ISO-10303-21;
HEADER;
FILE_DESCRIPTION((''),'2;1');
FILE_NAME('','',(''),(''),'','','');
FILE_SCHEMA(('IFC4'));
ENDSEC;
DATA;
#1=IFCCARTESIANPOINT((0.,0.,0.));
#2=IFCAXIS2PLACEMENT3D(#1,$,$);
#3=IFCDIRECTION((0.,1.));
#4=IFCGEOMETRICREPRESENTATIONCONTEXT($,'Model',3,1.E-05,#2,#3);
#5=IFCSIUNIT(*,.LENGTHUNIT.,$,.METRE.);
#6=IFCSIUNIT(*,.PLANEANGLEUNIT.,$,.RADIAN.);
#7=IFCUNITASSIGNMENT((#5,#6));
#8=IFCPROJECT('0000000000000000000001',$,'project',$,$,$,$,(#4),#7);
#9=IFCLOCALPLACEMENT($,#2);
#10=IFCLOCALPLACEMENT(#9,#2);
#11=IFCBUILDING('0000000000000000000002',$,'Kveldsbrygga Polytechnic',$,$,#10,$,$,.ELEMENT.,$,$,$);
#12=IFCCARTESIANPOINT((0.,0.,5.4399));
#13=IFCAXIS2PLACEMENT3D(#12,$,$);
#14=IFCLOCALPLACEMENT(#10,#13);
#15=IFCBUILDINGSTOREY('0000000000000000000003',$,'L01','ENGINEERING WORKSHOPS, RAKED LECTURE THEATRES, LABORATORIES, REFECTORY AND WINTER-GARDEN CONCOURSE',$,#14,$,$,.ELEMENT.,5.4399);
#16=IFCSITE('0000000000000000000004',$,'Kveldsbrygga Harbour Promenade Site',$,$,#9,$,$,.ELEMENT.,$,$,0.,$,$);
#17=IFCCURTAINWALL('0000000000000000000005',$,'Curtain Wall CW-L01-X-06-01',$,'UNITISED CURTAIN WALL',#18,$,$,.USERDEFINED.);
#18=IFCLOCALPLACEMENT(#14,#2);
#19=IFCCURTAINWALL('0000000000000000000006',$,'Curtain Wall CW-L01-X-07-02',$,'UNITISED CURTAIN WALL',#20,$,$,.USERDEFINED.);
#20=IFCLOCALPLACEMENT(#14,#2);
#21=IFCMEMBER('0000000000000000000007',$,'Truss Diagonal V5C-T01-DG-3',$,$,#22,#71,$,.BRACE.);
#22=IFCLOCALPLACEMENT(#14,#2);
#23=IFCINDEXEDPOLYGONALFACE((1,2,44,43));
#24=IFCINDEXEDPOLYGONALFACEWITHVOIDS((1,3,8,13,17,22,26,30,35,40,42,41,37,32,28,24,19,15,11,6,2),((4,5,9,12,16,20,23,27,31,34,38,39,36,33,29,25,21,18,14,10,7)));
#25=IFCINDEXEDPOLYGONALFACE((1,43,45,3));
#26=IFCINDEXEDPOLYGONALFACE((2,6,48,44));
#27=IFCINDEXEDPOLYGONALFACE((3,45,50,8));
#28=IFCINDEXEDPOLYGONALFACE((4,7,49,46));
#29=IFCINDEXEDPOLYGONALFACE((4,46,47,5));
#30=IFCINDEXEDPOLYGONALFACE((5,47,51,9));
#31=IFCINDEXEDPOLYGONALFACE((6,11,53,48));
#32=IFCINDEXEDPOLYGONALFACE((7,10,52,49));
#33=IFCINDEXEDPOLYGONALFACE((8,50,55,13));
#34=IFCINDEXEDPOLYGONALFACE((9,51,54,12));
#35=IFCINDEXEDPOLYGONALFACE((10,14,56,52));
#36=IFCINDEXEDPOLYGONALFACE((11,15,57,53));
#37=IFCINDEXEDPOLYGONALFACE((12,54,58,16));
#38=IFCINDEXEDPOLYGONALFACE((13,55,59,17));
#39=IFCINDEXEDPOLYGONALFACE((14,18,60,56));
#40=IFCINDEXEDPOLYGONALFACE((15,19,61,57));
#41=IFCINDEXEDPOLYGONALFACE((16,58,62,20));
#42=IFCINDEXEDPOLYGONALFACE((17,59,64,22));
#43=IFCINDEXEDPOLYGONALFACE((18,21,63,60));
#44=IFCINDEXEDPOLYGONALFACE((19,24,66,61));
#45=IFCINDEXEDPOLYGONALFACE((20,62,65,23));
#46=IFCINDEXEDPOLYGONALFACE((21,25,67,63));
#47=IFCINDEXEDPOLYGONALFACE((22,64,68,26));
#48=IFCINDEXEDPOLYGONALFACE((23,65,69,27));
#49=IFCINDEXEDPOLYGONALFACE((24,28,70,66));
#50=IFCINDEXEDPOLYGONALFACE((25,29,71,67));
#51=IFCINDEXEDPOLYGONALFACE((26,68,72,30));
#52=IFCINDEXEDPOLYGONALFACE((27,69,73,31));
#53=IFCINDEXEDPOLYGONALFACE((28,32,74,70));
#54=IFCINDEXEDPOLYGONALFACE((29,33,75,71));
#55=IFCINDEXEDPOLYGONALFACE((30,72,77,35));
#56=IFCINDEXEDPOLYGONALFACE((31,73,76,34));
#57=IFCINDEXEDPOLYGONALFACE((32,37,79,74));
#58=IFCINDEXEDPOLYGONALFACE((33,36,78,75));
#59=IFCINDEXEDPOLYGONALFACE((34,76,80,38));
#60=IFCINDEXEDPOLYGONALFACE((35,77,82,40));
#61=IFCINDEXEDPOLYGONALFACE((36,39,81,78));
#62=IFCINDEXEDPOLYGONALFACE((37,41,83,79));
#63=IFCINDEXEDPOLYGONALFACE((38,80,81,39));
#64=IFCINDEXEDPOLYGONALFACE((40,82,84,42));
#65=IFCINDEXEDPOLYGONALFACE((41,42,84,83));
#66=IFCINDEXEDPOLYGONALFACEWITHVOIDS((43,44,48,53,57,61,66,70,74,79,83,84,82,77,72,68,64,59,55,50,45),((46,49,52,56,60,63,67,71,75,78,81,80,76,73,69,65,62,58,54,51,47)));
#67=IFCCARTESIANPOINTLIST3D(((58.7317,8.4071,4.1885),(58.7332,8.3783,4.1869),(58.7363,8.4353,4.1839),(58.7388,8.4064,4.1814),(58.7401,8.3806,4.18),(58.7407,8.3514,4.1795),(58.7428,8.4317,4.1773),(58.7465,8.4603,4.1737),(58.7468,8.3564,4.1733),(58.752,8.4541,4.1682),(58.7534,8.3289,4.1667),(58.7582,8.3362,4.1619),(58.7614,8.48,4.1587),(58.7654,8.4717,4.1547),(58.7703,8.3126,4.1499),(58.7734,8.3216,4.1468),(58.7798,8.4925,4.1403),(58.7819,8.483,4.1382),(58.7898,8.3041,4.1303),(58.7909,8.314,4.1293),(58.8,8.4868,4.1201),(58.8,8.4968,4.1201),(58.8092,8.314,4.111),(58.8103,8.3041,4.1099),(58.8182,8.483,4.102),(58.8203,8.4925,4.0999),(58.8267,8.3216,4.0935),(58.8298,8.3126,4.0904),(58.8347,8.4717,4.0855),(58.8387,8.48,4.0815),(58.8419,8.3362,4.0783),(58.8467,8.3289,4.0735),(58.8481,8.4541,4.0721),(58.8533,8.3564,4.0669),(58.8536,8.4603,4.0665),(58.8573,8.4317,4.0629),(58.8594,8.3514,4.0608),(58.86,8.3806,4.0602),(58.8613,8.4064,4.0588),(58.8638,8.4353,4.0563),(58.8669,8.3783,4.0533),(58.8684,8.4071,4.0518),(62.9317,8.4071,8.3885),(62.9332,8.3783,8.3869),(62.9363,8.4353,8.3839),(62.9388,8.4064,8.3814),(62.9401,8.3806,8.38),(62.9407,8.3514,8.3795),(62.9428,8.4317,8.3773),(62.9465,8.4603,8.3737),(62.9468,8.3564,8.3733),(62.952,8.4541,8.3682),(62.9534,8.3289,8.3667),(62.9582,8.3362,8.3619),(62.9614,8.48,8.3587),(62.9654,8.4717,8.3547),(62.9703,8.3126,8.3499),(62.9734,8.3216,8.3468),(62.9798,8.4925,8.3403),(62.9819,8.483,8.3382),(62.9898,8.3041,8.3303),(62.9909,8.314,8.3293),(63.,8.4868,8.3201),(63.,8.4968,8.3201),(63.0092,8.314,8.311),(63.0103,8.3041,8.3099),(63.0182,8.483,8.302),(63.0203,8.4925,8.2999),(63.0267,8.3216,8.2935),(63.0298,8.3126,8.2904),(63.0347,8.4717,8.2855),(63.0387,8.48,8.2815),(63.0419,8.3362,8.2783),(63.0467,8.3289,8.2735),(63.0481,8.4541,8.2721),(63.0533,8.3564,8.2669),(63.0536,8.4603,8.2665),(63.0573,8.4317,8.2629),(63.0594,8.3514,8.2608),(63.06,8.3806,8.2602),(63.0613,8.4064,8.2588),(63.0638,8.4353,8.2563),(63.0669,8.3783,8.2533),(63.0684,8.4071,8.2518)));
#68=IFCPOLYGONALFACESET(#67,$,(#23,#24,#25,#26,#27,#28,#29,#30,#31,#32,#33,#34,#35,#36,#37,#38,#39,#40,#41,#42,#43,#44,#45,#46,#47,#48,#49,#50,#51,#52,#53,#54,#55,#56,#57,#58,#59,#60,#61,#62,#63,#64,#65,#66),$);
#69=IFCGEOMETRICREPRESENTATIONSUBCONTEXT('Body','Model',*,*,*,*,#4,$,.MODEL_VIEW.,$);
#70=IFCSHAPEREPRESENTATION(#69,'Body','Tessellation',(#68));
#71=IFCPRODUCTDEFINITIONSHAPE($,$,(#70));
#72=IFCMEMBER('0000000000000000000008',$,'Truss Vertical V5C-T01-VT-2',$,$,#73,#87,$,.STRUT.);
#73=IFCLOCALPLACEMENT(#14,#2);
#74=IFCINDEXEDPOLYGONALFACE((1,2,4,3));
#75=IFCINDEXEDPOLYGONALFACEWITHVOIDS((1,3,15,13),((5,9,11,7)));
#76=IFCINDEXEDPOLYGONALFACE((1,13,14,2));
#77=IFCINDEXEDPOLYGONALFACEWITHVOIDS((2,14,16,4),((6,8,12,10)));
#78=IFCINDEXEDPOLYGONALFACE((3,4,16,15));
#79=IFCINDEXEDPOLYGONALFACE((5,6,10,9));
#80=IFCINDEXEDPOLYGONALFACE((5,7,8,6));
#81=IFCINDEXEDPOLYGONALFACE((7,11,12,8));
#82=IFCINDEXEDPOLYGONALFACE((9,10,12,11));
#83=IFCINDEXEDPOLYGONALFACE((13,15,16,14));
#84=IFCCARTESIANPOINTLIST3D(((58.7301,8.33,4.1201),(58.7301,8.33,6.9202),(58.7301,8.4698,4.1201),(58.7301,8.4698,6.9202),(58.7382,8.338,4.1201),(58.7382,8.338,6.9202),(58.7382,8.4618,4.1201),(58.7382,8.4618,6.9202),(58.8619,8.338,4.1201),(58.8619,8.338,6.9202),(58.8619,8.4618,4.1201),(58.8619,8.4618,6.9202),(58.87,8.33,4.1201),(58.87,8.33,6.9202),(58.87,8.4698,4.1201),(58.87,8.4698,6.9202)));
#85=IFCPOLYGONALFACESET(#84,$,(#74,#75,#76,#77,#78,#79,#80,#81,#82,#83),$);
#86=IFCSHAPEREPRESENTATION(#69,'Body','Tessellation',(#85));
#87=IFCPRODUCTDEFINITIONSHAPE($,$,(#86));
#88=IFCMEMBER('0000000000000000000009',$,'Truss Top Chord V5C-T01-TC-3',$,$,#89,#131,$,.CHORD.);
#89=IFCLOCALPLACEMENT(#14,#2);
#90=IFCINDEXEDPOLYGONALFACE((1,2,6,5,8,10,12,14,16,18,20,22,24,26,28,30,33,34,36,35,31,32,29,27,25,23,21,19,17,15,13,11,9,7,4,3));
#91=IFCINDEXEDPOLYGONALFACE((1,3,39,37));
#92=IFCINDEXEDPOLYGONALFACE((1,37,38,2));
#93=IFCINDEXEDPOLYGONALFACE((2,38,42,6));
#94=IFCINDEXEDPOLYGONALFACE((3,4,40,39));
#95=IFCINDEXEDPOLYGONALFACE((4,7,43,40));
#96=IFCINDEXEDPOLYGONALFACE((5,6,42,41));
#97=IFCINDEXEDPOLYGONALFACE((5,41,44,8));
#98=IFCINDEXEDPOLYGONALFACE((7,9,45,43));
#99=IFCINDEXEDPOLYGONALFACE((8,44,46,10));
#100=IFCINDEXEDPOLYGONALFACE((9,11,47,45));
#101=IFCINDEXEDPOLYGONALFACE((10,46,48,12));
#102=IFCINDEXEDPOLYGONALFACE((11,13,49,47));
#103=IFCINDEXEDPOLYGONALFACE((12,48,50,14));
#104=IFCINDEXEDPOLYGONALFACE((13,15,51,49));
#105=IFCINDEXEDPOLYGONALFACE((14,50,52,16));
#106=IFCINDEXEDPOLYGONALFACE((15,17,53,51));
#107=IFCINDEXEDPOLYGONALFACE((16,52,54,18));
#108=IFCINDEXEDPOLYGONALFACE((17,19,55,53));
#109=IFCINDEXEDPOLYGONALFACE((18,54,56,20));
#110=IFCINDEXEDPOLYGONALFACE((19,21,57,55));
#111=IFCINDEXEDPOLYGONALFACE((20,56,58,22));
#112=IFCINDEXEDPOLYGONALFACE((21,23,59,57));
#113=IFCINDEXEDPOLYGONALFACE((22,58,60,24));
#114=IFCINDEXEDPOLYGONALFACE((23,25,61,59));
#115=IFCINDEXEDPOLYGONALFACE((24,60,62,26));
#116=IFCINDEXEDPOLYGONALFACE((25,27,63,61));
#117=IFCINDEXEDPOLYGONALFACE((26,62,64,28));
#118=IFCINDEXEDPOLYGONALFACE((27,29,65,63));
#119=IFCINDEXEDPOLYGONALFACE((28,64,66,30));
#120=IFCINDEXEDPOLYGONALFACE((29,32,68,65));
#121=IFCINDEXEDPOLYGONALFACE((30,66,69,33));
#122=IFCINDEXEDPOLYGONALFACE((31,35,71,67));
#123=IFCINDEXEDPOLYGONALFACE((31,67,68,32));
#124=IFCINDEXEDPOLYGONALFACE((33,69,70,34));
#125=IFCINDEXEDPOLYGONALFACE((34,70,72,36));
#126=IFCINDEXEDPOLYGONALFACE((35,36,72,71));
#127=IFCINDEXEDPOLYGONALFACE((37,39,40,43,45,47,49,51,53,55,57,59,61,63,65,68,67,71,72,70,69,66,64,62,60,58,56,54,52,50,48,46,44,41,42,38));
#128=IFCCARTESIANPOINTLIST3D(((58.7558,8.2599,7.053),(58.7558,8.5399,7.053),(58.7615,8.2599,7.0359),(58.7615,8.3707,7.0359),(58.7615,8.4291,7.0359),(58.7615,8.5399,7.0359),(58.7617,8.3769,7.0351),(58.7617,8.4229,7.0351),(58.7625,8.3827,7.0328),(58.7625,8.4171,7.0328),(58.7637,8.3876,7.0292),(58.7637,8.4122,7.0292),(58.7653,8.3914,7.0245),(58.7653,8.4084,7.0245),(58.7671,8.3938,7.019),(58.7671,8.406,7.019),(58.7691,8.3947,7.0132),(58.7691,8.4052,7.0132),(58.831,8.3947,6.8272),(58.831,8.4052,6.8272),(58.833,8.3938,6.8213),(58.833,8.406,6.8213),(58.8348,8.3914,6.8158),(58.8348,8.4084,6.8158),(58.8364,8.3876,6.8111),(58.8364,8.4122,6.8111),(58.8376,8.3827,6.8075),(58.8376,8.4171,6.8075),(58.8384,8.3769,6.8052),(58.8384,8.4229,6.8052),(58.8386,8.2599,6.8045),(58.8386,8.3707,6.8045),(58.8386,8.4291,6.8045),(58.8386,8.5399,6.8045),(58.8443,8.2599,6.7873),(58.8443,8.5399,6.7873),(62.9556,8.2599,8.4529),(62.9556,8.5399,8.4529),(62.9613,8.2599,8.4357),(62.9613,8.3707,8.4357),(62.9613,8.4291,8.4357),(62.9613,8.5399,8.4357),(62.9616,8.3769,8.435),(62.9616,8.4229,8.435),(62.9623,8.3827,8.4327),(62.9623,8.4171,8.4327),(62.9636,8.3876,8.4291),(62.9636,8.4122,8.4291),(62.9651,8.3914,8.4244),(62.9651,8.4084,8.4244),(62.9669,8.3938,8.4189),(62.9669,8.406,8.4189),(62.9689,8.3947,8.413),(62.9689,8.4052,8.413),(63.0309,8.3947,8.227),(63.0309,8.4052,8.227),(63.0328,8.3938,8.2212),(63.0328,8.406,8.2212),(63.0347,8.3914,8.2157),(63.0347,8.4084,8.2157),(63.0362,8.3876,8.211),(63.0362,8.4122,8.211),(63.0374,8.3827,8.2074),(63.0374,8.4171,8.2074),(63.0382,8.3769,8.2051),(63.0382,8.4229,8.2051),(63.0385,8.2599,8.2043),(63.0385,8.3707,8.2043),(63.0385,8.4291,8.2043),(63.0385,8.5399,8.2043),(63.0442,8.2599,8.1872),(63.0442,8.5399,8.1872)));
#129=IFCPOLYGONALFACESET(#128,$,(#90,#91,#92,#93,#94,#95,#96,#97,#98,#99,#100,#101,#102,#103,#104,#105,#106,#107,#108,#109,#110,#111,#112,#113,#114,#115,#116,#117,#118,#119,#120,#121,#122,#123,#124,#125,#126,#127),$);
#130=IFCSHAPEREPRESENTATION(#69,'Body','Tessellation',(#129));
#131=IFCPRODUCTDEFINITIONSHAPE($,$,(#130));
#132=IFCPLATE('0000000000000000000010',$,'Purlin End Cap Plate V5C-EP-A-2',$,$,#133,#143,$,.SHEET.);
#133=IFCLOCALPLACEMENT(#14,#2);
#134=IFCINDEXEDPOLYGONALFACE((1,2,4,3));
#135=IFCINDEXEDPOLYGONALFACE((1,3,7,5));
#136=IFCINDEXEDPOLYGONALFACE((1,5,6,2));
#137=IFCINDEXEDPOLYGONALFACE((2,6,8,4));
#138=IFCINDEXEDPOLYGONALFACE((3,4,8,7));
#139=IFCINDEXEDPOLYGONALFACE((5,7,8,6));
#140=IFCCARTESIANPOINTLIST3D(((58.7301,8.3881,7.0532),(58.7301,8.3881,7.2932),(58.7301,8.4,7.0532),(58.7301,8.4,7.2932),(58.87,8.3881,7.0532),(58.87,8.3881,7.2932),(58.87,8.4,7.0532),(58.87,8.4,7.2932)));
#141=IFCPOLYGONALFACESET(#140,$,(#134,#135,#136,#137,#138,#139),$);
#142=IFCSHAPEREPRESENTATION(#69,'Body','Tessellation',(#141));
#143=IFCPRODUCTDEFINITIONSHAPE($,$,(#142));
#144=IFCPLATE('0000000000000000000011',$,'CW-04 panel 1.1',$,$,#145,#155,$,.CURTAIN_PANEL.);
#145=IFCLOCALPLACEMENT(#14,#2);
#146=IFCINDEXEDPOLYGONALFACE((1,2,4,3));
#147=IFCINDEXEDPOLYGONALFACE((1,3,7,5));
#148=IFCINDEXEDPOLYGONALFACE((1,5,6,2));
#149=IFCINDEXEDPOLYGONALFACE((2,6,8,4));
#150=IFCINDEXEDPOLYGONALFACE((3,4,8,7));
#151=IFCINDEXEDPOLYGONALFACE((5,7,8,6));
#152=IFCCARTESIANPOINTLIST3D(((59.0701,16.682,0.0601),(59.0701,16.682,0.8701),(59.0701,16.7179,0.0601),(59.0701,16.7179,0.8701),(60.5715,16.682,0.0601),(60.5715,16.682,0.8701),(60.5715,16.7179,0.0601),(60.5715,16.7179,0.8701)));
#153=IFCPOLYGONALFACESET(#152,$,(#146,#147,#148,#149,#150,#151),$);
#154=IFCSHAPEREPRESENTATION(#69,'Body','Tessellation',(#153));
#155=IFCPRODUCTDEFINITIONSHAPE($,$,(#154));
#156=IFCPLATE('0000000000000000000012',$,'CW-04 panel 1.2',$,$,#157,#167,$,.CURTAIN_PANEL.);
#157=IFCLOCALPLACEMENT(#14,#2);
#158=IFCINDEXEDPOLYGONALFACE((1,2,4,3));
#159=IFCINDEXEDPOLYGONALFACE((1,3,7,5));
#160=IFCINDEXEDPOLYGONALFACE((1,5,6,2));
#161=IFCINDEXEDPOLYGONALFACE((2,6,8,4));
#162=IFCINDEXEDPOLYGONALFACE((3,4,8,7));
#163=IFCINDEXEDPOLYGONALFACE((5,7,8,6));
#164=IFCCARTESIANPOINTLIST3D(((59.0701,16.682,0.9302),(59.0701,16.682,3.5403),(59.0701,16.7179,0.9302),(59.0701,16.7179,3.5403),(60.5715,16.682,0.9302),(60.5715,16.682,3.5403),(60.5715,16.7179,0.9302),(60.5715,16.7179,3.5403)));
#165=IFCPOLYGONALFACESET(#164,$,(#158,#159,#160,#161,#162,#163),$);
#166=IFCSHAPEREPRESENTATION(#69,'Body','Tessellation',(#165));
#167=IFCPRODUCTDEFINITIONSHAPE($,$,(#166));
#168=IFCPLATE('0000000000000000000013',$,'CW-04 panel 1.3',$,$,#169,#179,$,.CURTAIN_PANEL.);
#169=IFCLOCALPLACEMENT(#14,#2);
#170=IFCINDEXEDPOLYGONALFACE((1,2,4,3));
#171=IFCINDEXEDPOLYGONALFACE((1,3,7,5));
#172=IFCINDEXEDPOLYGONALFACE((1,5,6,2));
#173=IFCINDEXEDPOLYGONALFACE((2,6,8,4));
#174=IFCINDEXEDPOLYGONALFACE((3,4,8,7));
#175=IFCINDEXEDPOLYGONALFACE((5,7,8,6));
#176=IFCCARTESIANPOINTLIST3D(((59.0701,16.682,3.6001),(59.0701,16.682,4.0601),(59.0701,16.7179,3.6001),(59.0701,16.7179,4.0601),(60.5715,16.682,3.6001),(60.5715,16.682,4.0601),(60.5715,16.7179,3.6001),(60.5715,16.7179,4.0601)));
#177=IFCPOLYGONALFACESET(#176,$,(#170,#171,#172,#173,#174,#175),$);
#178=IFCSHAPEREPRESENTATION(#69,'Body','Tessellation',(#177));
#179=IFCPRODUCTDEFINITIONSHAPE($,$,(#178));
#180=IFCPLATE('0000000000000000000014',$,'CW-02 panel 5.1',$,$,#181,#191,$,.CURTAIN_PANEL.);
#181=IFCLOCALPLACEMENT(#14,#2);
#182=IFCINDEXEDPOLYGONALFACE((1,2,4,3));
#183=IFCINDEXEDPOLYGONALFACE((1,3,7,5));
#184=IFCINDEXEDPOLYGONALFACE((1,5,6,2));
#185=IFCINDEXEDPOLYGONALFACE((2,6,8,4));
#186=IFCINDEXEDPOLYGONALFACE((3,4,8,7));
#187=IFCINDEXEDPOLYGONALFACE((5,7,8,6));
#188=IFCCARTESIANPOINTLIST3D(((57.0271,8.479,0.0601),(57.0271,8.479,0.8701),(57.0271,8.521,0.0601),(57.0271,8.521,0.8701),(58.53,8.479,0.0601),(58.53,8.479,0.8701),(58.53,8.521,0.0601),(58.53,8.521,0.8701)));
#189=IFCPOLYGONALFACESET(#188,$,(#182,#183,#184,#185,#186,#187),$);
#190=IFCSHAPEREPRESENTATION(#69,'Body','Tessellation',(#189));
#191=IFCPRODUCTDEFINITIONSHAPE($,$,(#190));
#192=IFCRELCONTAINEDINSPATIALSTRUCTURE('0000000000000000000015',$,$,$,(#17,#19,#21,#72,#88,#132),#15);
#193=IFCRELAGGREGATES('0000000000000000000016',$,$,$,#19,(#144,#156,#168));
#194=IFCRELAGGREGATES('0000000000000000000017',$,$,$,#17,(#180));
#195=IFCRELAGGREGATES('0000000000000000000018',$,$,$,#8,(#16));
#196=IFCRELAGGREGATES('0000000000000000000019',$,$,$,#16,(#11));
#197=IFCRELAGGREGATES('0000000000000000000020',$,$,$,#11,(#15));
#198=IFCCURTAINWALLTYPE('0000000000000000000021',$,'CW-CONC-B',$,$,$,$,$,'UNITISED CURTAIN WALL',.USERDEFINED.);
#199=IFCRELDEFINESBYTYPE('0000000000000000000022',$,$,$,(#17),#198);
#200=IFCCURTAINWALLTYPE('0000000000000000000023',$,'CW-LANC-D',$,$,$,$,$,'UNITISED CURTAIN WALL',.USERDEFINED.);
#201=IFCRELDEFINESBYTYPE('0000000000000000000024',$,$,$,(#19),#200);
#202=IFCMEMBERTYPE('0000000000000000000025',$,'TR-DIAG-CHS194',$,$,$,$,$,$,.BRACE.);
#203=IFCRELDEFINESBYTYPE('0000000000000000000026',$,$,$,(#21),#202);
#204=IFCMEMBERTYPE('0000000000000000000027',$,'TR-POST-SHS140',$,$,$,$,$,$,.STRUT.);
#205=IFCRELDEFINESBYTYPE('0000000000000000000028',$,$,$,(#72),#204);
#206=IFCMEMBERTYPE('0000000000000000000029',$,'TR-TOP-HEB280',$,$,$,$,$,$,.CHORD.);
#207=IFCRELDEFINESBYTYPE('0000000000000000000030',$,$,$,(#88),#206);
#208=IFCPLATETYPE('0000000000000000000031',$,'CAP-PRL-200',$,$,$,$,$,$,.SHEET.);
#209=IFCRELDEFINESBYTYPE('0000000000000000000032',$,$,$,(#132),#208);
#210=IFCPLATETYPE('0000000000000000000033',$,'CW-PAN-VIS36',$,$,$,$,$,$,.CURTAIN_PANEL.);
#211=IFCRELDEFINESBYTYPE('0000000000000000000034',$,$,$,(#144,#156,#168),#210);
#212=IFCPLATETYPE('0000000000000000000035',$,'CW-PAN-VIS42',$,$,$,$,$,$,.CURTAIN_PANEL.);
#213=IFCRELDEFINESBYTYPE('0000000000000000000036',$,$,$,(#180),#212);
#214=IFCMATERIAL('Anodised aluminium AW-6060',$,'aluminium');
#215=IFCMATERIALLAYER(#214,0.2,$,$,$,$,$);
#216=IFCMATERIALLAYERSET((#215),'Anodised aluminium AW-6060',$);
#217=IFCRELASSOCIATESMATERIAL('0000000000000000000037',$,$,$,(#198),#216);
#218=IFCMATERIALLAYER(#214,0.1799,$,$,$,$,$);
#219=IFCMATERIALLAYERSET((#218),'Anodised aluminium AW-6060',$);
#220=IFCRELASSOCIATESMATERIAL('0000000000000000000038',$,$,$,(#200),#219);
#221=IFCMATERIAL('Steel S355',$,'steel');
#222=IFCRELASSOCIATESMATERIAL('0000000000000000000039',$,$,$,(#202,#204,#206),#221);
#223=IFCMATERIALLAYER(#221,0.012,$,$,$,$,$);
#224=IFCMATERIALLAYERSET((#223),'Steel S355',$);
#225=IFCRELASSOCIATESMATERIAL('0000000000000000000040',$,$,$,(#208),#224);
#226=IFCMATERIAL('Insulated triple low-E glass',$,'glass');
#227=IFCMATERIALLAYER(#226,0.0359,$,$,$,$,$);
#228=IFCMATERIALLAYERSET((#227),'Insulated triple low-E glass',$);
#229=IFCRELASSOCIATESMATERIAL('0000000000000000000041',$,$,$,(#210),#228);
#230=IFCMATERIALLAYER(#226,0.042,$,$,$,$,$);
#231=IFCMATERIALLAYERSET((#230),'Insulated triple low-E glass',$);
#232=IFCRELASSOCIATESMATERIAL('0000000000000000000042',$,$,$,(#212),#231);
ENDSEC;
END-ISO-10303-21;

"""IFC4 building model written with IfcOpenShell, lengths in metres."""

from ifc_helpers import new_model, si_unit, direction, frame, origin, origin_2d, place, context, subcontext, project, spatial, rectangle, hollow_rectangle, hollow_circle, i_section, extrude, material, layer, layer_set, material_profile, profile_set, type_object, element, aggregate, save


model = new_model("IFC4")

# Units and contexts
model_context = context("Model", 3, precision=1e-05, world=origin(), true_north=direction((0.0, 1.0)))
body_context = subcontext(model_context, "Body", "Model", "MODEL_VIEW")
ifc_project = project(units=[si_unit("LENGTHUNIT", "METRE"), si_unit("PLANEANGLEUNIT", "RADIAN")], contexts=[model_context])

# Site, building, storey
site_placement = place(None, origin())
site = spatial("IfcSite", under=ifc_project, at=site_placement, Name="Kveldsbrygga Harbour Promenade Site", CompositionType="ELEMENT", RefElevation=0.0)
building_placement = place(site_placement, origin())
building = spatial("IfcBuilding", under=site, at=building_placement, Name="Kveldsbrygga Polytechnic", CompositionType="ELEMENT")
storey_placement = place(building_placement, frame((0.0, 0.0, 5.4399)))
storey = spatial("IfcBuildingStorey", under=building, at=storey_placement, Name="L01", Description="ENGINEERING WORKSHOPS, RAKED LECTURE THEATRES, LABORATORIES, REFECTORY AND WINTER-GARDEN CONCOURSE", CompositionType="ELEMENT", Elevation=5.4399)

# Curtain walls
ifc_material_1 = material(Name="Anodised aluminium AW-6060", Category="aluminium")
ifc_layer_1 = layer(ifc_material_1, 0.2)
ifc_layer_set_1 = layer_set([ifc_layer_1], Name="Anodised aluminium AW-6060")
curtain_wall_type_1 = type_object("IfcCurtainWallType", Name="CW-CONC-B", ElementType="UNITISED CURTAIN WALL", PredefinedType="USERDEFINED", material=ifc_layer_set_1)
curtain_wall_1_placement = place(storey_placement, origin())
curtain_wall_1 = element("IfcCurtainWall", 1, at=curtain_wall_1_placement, inside=storey, type_object=curtain_wall_type_1, Name="Curtain Wall CW-L01-X-06-01", ObjectType="UNITISED CURTAIN WALL", PredefinedType="USERDEFINED")
ifc_layer_2 = layer(ifc_material_1, 0.1799)
ifc_layer_set_2 = layer_set([ifc_layer_2], Name="Anodised aluminium AW-6060")
curtain_wall_type_2 = type_object("IfcCurtainWallType", Name="CW-LANC-D", ElementType="UNITISED CURTAIN WALL", PredefinedType="USERDEFINED", material=ifc_layer_set_2)
curtain_wall_2_placement = place(storey_placement, origin())
curtain_wall_2 = element("IfcCurtainWall", 2, at=curtain_wall_2_placement, inside=storey, type_object=curtain_wall_type_2, Name="Curtain Wall CW-L01-X-07-02", ObjectType="UNITISED CURTAIN WALL", PredefinedType="USERDEFINED")

# Members
ifc_material_2 = material(Name="Steel S355", Category="steel")
ifc_material_profile_1 = material_profile(ifc_material_2, hollow_circle(Radius=0.0969, WallThickness=0.01, at=origin_2d()), Name="CHS 193.7x10.0")
ifc_profile_set_1 = profile_set([ifc_material_profile_1], Name="Steel S355")
member_type_1 = type_object("IfcMemberType", Name="TR-DIAG-CHS194", PredefinedType="BRACE", material=ifc_profile_set_1)
member_1_placement = place(storey_placement, frame((58.8, 8.3999, 4.1201), z_axis=(0.707107, 0.0, 0.707107), x_axis=(0.0, 1.0, 0.0)))
element("IfcMember", 3, at=member_1_placement, inside=storey, type_object=member_type_1, Name="Truss Diagonal V5C-T01-DG-3", PredefinedType="BRACE", context=body_context, shape_type="SweptSolid", body=[
    extrude(hollow_circle(Radius=0.0969, WallThickness=0.01, at=origin_2d()), origin(), (0.0, 0.0, 1.0), 5.9397),
])
ifc_material_profile_2 = material_profile(ifc_material_2, hollow_rectangle(XDim=0.1399, YDim=0.1399, WallThickness=0.0081, at=origin_2d()), Name="SHS 140x140x8.0")
ifc_profile_set_2 = profile_set([ifc_material_profile_2], Name="Steel S355")
member_type_2 = type_object("IfcMemberType", Name="TR-POST-SHS140", PredefinedType="STRUT", material=ifc_profile_set_2)
member_2_placement = place(storey_placement, frame((58.8, 8.3999, 4.1201), z_axis=(0.0, 0.0, 1.0), x_axis=(1.0, 0.0, 0.0)))
element("IfcMember", 4, at=member_2_placement, inside=storey, type_object=member_type_2, Name="Truss Vertical V5C-T01-VT-2", PredefinedType="STRUT", context=body_context, shape_type="SweptSolid", body=[
    extrude(hollow_rectangle(XDim=0.1399, YDim=0.1399, WallThickness=0.0081, at=origin_2d()), origin(), (0.0, 0.0, 1.0), 2.8),
])
ifc_material_profile_3 = material_profile(ifc_material_2, i_section(OverallWidth=0.28, OverallDepth=0.28, WebThickness=0.0105, FlangeThickness=0.0181, FilletRadius=0.0239, at=origin_2d()), Name="HEB 280")
ifc_profile_set_3 = profile_set([ifc_material_profile_3], Name="Steel S355")
member_type_3 = type_object("IfcMemberType", Name="TR-TOP-HEB280", PredefinedType="CHORD", material=ifc_profile_set_3)
member_3_placement = place(storey_placement, frame((58.8, 8.3999, 6.9202), z_axis=(0.948689, 0.0, 0.316211), x_axis=(0.0, 1.0, 0.0)))
element("IfcMember", 5, at=member_3_placement, inside=storey, type_object=member_type_3, Name="Truss Top Chord V5C-T01-TC-3", PredefinedType="CHORD", context=body_context, shape_type="SweptSolid", body=[
    extrude(i_section(OverallWidth=0.28, OverallDepth=0.28, WebThickness=0.0105, FlangeThickness=0.0181, FilletRadius=0.0239, at=origin_2d()), origin(), (0.0, 0.0, 1.0), 4.427),
])

# Plates
ifc_layer_3 = layer(ifc_material_2, 0.012)
ifc_layer_set_3 = layer_set([ifc_layer_3], Name="Steel S355")
plate_type_1 = type_object("IfcPlateType", Name="CAP-PRL-200", PredefinedType="SHEET", material=ifc_layer_set_3)
plate_1_placement = place(storey_placement, frame((58.8, 8.394, 7.0532), z_axis=(0.0, 0.0, 1.0), x_axis=(1.0, 0.0, 0.0)))
element("IfcPlate", 6, at=plate_1_placement, inside=storey, type_object=plate_type_1, Name="Purlin End Cap Plate V5C-EP-A-2", PredefinedType="SHEET", context=body_context, shape_type="SweptSolid", body=[
    extrude(rectangle(XDim=0.1399, YDim=0.012, at=origin_2d()), origin(), (0.0, 0.0, 1.0), 0.24),
])
ifc_material_3 = material(Name="Insulated triple low-E glass", Category="glass")
ifc_layer_4 = layer(ifc_material_3, 0.0359)
ifc_layer_set_4 = layer_set([ifc_layer_4], Name="Insulated triple low-E glass")
plate_type_2 = type_object("IfcPlateType", Name="CW-PAN-VIS36", PredefinedType="CURTAIN_PANEL", material=ifc_layer_set_4)
plate_2_placement = place(storey_placement, frame((59.8208, 16.7, 0.0601), z_axis=(0.0, 0.0, 1.0), x_axis=(1.0, 0.0, 0.0)))
plate_2 = element("IfcPlate", 7, at=plate_2_placement, type_object=plate_type_2, Name="CW-04 panel 1.1", PredefinedType="CURTAIN_PANEL", context=body_context, shape_type="SweptSolid", body=[
    extrude(rectangle(XDim=1.5015, YDim=0.0359, at=origin_2d()), origin(), (0.0, 0.0, 1.0), 0.8101),
])
plate_3_placement = place(storey_placement, frame((59.8208, 16.7, 0.9302), z_axis=(0.0, 0.0, 1.0), x_axis=(1.0, 0.0, 0.0)))
plate_3 = element("IfcPlate", 8, at=plate_3_placement, type_object=plate_type_2, Name="CW-04 panel 1.2", PredefinedType="CURTAIN_PANEL", context=body_context, shape_type="SweptSolid", body=[
    extrude(rectangle(XDim=1.5015, YDim=0.0359, at=origin_2d()), origin(), (0.0, 0.0, 1.0), 2.6101),
])
plate_4_placement = place(storey_placement, frame((59.8208, 16.7, 3.6001), z_axis=(0.0, 0.0, 1.0), x_axis=(1.0, 0.0, 0.0)))
plate_4 = element("IfcPlate", 9, at=plate_4_placement, type_object=plate_type_2, Name="CW-04 panel 1.3", PredefinedType="CURTAIN_PANEL", context=body_context, shape_type="SweptSolid", body=[
    extrude(rectangle(XDim=1.5015, YDim=0.0359, at=origin_2d()), origin(), (0.0, 0.0, 1.0), 0.46),
])
aggregate(curtain_wall_2, [plate_2, plate_3, plate_4])
ifc_layer_5 = layer(ifc_material_3, 0.042)
ifc_layer_set_5 = layer_set([ifc_layer_5], Name="Insulated triple low-E glass")
plate_type_3 = type_object("IfcPlateType", Name="CW-PAN-VIS42", PredefinedType="CURTAIN_PANEL", material=ifc_layer_set_5)
plate_5_placement = place(storey_placement, frame((57.7786, 8.5, 0.0601), z_axis=(0.0, 0.0, 1.0), x_axis=(1.0, 0.0, 0.0)))
plate_5 = element("IfcPlate", 10, at=plate_5_placement, type_object=plate_type_3, Name="CW-02 panel 5.1", PredefinedType="CURTAIN_PANEL", context=body_context, shape_type="SweptSolid", body=[
    extrude(rectangle(XDim=1.5029, YDim=0.042, at=origin_2d()), origin(), (0.0, 0.0, 1.0), 0.8101),
])
aggregate(curtain_wall_1, [plate_5])

save(model, "model.ifc")
